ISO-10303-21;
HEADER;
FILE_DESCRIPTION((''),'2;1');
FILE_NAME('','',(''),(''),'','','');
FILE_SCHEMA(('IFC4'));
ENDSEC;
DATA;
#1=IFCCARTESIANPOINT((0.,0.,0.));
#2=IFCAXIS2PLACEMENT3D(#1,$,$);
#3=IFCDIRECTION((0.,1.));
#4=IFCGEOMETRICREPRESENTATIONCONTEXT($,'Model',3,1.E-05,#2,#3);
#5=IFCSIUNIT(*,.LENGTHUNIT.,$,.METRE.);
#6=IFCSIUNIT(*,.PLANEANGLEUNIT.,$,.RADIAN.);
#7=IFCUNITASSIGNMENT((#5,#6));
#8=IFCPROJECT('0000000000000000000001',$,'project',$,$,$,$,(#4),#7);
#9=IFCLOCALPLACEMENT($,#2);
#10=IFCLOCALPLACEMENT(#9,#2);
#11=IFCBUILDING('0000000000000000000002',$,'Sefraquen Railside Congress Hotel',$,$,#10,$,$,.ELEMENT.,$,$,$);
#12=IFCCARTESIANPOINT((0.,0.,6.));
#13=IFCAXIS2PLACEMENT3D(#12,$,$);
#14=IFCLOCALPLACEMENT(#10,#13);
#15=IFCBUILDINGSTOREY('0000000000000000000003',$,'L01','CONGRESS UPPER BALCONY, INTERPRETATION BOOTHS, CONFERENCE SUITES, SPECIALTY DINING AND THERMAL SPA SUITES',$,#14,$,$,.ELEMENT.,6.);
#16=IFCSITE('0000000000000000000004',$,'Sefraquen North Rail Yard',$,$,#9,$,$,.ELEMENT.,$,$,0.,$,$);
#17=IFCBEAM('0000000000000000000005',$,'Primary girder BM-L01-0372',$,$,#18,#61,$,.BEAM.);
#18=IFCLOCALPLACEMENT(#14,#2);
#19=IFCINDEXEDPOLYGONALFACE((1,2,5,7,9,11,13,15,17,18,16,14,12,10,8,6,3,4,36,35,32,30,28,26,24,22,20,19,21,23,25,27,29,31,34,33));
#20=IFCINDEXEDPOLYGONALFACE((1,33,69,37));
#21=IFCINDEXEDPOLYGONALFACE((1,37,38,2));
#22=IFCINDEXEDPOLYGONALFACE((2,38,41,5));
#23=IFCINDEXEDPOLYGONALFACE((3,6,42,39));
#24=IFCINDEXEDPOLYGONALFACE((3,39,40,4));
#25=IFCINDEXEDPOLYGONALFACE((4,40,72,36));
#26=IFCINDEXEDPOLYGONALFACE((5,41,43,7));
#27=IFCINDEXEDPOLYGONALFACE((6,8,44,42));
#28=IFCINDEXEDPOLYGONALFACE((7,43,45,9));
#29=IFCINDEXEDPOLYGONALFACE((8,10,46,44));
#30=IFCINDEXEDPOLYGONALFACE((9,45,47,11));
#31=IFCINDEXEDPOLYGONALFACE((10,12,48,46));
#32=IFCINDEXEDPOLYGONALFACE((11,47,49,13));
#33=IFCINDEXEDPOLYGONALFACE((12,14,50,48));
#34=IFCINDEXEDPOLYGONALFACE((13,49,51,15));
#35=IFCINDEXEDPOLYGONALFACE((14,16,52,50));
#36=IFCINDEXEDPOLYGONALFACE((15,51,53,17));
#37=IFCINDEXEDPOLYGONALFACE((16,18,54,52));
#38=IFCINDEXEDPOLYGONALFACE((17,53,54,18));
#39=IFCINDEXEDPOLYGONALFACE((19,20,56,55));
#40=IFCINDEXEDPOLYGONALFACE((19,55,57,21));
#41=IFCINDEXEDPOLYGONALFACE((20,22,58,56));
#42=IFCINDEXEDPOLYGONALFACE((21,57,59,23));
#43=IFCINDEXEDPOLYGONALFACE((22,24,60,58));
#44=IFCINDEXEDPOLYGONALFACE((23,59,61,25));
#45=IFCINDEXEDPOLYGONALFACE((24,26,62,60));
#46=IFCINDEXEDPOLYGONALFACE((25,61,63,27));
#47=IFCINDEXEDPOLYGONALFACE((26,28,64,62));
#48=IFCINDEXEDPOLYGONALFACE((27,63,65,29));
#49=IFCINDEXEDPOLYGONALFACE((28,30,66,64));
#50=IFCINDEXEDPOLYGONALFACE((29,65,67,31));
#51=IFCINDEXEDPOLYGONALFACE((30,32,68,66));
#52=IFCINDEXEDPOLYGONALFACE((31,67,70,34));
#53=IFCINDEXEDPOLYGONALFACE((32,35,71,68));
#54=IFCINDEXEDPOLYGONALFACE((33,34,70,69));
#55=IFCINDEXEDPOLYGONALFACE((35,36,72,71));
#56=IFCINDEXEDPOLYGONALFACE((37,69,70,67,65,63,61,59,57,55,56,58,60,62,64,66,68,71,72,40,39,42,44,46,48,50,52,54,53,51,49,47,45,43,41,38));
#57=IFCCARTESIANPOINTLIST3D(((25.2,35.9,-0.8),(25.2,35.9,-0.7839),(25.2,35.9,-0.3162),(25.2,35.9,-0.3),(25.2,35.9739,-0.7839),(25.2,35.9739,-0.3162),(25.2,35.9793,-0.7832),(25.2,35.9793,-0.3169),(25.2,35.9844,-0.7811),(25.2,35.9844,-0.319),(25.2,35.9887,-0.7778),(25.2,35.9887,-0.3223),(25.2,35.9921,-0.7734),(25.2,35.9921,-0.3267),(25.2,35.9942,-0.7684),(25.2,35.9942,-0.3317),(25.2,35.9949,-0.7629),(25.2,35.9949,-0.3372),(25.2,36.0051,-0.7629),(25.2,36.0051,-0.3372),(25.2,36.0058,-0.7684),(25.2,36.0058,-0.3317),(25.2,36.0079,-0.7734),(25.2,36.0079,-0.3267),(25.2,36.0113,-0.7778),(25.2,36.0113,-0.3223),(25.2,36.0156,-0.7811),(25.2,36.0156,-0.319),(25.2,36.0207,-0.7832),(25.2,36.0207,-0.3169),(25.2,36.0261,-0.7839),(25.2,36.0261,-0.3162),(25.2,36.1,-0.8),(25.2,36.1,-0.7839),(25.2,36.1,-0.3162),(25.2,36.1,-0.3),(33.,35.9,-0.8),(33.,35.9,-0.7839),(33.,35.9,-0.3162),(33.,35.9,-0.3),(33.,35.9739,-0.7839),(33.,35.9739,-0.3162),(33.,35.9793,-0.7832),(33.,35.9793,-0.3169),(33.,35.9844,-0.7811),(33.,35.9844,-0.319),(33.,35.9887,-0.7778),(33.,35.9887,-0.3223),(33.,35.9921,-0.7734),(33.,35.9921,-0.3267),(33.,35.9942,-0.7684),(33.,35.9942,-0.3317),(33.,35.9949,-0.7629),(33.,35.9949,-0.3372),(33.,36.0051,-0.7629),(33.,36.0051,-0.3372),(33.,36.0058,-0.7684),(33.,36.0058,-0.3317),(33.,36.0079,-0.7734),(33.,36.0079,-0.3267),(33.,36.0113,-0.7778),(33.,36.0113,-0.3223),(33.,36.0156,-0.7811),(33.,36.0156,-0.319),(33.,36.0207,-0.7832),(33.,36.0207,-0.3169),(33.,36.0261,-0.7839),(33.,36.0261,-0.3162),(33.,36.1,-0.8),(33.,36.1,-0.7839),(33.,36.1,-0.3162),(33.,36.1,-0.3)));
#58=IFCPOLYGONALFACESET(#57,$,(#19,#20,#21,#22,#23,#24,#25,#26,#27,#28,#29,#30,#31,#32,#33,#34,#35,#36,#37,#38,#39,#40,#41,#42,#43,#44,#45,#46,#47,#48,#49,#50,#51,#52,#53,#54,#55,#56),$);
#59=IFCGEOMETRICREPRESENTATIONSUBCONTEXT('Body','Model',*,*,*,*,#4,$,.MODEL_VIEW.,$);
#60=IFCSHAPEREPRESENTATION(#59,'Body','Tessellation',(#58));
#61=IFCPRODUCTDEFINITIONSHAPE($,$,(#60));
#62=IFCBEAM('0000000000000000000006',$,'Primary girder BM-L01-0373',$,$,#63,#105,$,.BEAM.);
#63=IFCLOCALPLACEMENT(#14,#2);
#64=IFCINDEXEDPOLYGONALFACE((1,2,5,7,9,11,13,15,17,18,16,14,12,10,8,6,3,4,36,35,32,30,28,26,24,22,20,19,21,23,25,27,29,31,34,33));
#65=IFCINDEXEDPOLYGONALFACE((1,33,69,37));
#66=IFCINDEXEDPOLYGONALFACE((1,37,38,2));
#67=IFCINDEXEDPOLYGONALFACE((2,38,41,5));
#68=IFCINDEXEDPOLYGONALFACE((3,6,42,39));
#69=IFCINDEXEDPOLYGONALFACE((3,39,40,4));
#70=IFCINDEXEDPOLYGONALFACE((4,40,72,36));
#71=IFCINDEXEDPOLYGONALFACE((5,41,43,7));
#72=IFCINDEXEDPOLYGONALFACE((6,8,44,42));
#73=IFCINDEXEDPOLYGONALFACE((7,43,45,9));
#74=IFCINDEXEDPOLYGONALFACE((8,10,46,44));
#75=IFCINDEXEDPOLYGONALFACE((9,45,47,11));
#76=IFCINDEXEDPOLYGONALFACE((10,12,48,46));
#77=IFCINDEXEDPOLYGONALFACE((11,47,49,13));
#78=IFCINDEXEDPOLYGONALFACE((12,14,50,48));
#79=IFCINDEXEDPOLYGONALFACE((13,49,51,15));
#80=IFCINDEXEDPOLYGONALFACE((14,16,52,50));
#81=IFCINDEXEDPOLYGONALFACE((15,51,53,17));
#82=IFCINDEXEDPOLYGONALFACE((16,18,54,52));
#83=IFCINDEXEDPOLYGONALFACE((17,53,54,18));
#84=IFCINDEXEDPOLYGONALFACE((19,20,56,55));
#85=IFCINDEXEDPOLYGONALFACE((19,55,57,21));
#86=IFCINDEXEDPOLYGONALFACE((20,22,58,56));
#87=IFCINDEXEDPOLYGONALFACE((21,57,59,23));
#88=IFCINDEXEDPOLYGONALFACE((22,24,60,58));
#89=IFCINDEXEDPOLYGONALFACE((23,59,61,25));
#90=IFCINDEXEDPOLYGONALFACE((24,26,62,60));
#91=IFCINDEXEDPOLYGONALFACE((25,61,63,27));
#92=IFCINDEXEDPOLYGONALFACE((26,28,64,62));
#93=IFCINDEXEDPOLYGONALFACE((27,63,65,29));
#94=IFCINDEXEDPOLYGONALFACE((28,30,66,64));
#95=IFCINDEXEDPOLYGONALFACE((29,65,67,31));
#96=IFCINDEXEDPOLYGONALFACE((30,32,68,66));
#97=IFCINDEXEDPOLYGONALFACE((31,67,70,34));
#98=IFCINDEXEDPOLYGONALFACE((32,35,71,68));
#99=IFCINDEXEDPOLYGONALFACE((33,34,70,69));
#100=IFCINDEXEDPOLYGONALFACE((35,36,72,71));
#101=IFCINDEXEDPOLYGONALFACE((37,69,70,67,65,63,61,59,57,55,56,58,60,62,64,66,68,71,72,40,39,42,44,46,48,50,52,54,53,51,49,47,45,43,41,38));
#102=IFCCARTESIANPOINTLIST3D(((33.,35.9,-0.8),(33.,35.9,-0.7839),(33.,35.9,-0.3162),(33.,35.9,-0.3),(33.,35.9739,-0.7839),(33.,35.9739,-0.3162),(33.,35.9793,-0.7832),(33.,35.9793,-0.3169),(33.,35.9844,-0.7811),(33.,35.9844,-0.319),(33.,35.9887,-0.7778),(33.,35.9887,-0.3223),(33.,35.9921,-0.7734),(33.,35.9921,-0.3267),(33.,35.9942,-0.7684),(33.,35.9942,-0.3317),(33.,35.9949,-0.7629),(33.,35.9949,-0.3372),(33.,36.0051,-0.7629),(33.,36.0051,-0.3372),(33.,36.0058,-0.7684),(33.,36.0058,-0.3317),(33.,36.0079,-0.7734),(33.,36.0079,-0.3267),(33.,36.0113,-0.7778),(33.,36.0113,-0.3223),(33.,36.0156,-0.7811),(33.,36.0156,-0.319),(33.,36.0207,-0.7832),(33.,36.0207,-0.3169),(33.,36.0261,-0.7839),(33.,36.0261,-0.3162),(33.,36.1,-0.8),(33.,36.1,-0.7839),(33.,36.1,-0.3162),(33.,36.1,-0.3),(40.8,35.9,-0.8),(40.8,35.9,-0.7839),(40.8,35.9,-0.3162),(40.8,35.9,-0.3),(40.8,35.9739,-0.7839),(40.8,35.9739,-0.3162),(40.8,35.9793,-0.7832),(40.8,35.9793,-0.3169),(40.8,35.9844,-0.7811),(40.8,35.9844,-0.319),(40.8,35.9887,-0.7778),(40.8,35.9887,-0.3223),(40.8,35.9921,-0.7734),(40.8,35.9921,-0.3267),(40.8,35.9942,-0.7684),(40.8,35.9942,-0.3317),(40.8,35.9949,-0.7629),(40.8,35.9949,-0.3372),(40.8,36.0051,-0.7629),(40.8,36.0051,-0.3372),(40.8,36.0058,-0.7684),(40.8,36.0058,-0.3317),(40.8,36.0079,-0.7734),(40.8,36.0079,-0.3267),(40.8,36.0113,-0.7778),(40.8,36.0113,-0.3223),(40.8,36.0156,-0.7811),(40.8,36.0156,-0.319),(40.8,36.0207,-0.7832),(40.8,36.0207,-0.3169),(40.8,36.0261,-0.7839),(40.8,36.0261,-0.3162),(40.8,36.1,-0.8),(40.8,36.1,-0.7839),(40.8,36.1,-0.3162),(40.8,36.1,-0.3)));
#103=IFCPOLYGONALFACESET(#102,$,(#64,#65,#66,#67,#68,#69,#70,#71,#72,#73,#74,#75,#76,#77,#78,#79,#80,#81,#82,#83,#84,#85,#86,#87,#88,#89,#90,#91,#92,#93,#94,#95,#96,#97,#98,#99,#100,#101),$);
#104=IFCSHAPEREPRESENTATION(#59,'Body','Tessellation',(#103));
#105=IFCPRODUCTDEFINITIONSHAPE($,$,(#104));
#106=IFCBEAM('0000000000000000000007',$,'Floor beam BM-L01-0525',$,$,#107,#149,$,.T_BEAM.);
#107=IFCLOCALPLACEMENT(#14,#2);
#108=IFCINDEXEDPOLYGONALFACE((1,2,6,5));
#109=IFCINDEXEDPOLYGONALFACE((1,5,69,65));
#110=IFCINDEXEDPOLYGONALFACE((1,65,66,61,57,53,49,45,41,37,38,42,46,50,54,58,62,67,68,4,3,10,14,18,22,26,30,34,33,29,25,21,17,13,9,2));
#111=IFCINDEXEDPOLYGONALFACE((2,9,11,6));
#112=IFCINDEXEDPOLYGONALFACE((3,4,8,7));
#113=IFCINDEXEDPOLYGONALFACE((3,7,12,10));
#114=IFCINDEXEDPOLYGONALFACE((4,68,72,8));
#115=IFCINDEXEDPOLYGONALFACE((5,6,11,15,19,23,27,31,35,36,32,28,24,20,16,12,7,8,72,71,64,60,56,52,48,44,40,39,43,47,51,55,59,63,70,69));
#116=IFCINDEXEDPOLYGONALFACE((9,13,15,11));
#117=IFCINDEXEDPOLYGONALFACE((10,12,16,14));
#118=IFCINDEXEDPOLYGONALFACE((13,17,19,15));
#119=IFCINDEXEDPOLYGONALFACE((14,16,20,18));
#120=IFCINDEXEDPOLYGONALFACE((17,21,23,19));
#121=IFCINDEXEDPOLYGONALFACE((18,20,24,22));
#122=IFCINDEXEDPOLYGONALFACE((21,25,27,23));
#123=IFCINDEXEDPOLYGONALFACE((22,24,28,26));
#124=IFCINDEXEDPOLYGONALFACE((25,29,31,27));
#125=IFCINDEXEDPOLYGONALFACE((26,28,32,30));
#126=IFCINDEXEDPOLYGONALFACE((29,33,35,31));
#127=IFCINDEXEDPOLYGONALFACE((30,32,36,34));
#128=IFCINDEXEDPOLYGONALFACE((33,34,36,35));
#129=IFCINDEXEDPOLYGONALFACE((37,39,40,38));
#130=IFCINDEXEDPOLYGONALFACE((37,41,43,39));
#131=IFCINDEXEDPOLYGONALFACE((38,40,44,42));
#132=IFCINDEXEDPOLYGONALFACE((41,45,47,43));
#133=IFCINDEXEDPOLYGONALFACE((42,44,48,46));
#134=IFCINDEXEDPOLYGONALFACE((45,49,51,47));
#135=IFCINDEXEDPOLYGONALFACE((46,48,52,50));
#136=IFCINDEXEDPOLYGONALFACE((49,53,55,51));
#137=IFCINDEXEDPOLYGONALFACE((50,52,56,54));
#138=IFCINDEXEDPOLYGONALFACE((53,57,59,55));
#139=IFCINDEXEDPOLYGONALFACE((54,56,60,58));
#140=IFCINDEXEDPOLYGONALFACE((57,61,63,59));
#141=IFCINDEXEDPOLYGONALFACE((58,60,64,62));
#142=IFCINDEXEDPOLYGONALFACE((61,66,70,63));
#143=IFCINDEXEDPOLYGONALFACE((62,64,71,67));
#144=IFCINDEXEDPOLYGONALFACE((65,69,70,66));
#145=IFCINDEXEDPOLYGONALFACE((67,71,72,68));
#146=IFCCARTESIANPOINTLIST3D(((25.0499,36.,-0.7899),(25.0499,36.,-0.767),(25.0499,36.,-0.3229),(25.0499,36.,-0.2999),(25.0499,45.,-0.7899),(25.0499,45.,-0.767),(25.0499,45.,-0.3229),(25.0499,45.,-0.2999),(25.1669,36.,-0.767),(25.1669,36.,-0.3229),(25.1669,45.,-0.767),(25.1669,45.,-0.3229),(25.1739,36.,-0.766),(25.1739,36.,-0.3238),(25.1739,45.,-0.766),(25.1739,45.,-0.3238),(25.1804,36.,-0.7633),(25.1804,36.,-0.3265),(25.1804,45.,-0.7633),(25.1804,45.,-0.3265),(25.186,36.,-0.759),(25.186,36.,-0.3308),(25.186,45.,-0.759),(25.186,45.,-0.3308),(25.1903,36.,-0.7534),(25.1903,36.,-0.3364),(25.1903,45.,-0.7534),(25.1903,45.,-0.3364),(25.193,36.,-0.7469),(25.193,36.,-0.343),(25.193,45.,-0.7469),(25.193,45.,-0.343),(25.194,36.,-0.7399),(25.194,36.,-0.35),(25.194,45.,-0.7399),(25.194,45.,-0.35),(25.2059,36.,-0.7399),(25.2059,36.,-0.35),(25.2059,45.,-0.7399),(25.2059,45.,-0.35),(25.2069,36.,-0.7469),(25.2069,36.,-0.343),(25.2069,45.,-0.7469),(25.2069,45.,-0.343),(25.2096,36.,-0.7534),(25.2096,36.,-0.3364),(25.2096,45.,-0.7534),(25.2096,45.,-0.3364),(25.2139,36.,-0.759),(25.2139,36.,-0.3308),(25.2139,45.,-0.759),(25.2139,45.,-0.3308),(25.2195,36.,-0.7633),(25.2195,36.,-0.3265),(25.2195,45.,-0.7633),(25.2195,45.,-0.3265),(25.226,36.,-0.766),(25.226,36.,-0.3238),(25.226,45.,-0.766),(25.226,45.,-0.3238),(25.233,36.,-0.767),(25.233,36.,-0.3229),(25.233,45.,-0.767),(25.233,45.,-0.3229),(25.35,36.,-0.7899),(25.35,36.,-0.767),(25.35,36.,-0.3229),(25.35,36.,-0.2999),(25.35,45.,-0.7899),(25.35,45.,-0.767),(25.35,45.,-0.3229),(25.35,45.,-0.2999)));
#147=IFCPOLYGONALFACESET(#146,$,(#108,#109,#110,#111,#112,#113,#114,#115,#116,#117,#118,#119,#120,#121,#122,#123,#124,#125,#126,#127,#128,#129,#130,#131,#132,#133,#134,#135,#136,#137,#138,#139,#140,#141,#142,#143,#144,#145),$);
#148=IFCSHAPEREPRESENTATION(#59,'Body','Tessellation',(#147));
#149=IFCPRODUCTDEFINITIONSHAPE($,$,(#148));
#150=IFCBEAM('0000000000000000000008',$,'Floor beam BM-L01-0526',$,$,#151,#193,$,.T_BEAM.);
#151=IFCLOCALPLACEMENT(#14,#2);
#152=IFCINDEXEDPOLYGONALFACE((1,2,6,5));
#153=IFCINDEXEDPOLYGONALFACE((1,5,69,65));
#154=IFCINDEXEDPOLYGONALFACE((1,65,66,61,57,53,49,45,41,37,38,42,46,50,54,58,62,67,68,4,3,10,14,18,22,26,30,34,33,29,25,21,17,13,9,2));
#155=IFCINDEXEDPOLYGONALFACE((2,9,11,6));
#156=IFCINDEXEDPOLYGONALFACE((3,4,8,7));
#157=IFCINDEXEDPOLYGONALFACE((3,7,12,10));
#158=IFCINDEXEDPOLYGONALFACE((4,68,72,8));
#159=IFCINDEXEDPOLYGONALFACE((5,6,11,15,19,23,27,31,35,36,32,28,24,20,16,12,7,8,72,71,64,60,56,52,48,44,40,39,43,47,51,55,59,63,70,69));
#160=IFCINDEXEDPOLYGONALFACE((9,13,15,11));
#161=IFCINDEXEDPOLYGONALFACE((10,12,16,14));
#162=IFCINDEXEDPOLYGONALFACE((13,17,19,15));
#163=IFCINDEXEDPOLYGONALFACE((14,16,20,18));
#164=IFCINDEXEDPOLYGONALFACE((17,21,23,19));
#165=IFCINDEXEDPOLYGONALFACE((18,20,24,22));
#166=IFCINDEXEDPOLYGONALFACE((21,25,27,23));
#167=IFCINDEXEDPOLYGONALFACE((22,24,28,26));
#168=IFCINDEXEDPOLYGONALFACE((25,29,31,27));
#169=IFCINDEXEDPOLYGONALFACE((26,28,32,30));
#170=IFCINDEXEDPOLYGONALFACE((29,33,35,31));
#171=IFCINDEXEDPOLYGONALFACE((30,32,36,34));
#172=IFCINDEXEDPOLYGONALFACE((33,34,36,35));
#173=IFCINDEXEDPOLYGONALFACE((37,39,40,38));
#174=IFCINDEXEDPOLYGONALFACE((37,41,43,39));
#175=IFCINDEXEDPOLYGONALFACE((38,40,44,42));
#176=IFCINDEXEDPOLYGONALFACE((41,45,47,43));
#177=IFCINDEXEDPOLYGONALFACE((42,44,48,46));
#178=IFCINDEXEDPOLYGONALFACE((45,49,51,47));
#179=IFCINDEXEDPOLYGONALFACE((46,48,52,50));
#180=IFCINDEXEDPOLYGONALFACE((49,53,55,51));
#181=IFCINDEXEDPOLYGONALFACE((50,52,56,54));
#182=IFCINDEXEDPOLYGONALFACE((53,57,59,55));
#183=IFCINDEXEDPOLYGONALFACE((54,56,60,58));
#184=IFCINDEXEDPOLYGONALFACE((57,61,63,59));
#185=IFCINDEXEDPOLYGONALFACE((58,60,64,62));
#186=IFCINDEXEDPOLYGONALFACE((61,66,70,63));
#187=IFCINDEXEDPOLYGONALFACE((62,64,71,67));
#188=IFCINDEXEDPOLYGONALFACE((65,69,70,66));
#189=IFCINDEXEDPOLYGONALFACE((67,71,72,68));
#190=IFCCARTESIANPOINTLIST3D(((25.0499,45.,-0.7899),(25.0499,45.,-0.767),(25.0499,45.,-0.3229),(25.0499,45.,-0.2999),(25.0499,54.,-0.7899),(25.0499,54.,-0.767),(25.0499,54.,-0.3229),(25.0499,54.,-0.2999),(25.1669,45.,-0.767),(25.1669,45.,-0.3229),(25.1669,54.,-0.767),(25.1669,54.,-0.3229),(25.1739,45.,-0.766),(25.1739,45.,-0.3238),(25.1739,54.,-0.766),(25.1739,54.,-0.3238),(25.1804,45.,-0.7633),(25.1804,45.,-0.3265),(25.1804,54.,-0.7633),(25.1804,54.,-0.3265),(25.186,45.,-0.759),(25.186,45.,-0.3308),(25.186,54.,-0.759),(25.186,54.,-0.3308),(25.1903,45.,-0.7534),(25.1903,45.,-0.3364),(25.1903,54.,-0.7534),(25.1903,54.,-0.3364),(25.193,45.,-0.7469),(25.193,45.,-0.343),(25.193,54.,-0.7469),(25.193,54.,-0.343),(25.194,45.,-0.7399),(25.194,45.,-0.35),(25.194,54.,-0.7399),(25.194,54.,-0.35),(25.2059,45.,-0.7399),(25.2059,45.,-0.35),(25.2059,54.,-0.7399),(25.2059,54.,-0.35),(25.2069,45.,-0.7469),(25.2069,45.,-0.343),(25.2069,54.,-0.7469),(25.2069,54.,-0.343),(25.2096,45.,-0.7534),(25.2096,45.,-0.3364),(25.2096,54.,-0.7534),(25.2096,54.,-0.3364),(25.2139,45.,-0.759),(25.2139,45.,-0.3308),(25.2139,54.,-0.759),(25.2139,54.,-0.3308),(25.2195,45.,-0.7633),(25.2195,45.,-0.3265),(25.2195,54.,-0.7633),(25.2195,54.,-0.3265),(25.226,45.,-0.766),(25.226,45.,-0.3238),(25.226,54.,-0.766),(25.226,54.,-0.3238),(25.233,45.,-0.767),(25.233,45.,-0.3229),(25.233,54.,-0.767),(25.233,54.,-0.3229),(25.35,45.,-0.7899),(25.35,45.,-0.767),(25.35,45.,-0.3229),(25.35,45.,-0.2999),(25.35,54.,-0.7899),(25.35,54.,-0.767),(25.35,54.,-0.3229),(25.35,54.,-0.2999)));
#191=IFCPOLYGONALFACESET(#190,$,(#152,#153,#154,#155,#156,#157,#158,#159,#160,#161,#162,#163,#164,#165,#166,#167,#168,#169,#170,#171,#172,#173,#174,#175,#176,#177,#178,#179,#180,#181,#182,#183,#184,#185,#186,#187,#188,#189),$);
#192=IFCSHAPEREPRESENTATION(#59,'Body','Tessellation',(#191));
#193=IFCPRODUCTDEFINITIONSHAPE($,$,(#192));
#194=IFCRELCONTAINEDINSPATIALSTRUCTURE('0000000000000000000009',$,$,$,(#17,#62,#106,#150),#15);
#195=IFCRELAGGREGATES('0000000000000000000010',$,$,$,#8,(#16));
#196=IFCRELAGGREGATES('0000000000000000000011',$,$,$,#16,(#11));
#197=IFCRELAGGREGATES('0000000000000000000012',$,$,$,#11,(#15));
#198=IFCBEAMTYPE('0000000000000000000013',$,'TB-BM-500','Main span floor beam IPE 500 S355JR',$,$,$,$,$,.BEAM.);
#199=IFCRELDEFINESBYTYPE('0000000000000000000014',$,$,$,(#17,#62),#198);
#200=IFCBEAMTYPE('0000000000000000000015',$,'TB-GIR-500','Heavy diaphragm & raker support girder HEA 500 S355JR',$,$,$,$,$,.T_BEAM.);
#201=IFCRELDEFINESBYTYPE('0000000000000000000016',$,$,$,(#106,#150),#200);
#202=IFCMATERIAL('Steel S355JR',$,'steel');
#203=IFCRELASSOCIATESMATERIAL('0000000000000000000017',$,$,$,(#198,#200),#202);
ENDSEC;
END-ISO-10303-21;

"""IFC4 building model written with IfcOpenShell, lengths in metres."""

from ifc_helpers import new_model, si_unit, direction, frame, origin, origin_2d, place, context, subcontext, project, spatial, i_section, extrude, material, material_profile, profile_set, type_object, element, save


model = new_model("IFC4")

# Units and contexts
model_context = context("Model", 3, precision=1e-05, world=origin(), true_north=direction((0.0, 1.0)))
body_context = subcontext(model_context, "Body", "Model", "MODEL_VIEW")
ifc_project = project(units=[si_unit("LENGTHUNIT", "METRE"), si_unit("PLANEANGLEUNIT", "RADIAN")], contexts=[model_context])

# Site, building, storey
site_placement = place(None, origin())
site = spatial("IfcSite", under=ifc_project, at=site_placement, Name="Sefraquen North Rail Yard", CompositionType="ELEMENT", RefElevation=0.0)
building_placement = place(site_placement, origin())
building = spatial("IfcBuilding", under=site, at=building_placement, Name="Sefraquen Railside Congress Hotel", CompositionType="ELEMENT")
storey_placement = place(building_placement, frame((0.0, 0.0, 6.0)))
storey = spatial("IfcBuildingStorey", under=building, at=storey_placement, Name="L01", Description="CONGRESS UPPER BALCONY, INTERPRETATION BOOTHS, CONFERENCE SUITES, SPECIALTY DINING AND THERMAL SPA SUITES", CompositionType="ELEMENT", Elevation=6.0)

# Shared definitions
ifc_material_1 = material(Name="Steel S355JR", Category="steel")

# Beams
ifc_material_profile_1 = material_profile(ifc_material_1, i_section(OverallWidth=0.2, OverallDepth=0.5, WebThickness=0.0103, FlangeThickness=0.0161, FilletRadius=0.021, at=origin_2d()), Name="IPE 500")
ifc_profile_set_1 = profile_set([ifc_material_profile_1], Name="Steel S355JR")
beam_type_1 = type_object("IfcBeamType", Name="TB-BM-500", Description="Main span floor beam IPE 500 S355JR", PredefinedType="BEAM", material=ifc_profile_set_1)
for number, where, z_axis, x_axis, name in (
    (1, (25.2, 36.0, -0.55), (1.0, 0.0, 0.0), (0.0, 1.0, 0.0), "Primary girder BM-L01-0372"),
    (2, (33.0, 36.0, -0.55), (1.0, 0.0, 0.0), (0.0, 1.0, 0.0), "Primary girder BM-L01-0373"),
):
    element("IfcBeam", number, at=place(storey_placement, frame(where, z_axis=z_axis, x_axis=x_axis)), inside=storey, type_object=beam_type_1, Name=name, PredefinedType="BEAM", context=body_context, shape_type="SweptSolid", body=[
        extrude(i_section(OverallWidth=0.2, OverallDepth=0.5, WebThickness=0.0103, FlangeThickness=0.0161, FilletRadius=0.021, at=origin_2d()), origin(), (0.0, 0.0, 1.0), 7.8),
    ])
ifc_material_profile_2 = material_profile(ifc_material_1, i_section(OverallWidth=0.3, OverallDepth=0.49, WebThickness=0.012, FlangeThickness=0.0229, FilletRadius=0.0271, at=origin_2d()), Name="HEA 500")
ifc_profile_set_2 = profile_set([ifc_material_profile_2], Name="Steel S355JR")
beam_type_2 = type_object("IfcBeamType", Name="TB-GIR-500", Description="Heavy diaphragm & raker support girder HEA 500 S355JR", PredefinedType="T_BEAM", material=ifc_profile_set_2)
for number, where, z_axis, x_axis, name in (
    (3, (25.2, 36.0, -0.5449), (0.0, 1.0, 0.0), (-1.0, 0.0, 0.0), "Floor beam BM-L01-0525"),
    (4, (25.2, 45.0, -0.5449), (0.0, 1.0, 0.0), (-1.0, 0.0, 0.0), "Floor beam BM-L01-0526"),
):
    element("IfcBeam", number, at=place(storey_placement, frame(where, z_axis=z_axis, x_axis=x_axis)), inside=storey, type_object=beam_type_2, Name=name, PredefinedType="T_BEAM", context=body_context, shape_type="SweptSolid", body=[
        extrude(i_section(OverallWidth=0.3, OverallDepth=0.49, WebThickness=0.012, FlangeThickness=0.0229, FilletRadius=0.0271, at=origin_2d()), origin(), (0.0, 0.0, 1.0), 9.0),
    ])

save(model, "model.ifc")
